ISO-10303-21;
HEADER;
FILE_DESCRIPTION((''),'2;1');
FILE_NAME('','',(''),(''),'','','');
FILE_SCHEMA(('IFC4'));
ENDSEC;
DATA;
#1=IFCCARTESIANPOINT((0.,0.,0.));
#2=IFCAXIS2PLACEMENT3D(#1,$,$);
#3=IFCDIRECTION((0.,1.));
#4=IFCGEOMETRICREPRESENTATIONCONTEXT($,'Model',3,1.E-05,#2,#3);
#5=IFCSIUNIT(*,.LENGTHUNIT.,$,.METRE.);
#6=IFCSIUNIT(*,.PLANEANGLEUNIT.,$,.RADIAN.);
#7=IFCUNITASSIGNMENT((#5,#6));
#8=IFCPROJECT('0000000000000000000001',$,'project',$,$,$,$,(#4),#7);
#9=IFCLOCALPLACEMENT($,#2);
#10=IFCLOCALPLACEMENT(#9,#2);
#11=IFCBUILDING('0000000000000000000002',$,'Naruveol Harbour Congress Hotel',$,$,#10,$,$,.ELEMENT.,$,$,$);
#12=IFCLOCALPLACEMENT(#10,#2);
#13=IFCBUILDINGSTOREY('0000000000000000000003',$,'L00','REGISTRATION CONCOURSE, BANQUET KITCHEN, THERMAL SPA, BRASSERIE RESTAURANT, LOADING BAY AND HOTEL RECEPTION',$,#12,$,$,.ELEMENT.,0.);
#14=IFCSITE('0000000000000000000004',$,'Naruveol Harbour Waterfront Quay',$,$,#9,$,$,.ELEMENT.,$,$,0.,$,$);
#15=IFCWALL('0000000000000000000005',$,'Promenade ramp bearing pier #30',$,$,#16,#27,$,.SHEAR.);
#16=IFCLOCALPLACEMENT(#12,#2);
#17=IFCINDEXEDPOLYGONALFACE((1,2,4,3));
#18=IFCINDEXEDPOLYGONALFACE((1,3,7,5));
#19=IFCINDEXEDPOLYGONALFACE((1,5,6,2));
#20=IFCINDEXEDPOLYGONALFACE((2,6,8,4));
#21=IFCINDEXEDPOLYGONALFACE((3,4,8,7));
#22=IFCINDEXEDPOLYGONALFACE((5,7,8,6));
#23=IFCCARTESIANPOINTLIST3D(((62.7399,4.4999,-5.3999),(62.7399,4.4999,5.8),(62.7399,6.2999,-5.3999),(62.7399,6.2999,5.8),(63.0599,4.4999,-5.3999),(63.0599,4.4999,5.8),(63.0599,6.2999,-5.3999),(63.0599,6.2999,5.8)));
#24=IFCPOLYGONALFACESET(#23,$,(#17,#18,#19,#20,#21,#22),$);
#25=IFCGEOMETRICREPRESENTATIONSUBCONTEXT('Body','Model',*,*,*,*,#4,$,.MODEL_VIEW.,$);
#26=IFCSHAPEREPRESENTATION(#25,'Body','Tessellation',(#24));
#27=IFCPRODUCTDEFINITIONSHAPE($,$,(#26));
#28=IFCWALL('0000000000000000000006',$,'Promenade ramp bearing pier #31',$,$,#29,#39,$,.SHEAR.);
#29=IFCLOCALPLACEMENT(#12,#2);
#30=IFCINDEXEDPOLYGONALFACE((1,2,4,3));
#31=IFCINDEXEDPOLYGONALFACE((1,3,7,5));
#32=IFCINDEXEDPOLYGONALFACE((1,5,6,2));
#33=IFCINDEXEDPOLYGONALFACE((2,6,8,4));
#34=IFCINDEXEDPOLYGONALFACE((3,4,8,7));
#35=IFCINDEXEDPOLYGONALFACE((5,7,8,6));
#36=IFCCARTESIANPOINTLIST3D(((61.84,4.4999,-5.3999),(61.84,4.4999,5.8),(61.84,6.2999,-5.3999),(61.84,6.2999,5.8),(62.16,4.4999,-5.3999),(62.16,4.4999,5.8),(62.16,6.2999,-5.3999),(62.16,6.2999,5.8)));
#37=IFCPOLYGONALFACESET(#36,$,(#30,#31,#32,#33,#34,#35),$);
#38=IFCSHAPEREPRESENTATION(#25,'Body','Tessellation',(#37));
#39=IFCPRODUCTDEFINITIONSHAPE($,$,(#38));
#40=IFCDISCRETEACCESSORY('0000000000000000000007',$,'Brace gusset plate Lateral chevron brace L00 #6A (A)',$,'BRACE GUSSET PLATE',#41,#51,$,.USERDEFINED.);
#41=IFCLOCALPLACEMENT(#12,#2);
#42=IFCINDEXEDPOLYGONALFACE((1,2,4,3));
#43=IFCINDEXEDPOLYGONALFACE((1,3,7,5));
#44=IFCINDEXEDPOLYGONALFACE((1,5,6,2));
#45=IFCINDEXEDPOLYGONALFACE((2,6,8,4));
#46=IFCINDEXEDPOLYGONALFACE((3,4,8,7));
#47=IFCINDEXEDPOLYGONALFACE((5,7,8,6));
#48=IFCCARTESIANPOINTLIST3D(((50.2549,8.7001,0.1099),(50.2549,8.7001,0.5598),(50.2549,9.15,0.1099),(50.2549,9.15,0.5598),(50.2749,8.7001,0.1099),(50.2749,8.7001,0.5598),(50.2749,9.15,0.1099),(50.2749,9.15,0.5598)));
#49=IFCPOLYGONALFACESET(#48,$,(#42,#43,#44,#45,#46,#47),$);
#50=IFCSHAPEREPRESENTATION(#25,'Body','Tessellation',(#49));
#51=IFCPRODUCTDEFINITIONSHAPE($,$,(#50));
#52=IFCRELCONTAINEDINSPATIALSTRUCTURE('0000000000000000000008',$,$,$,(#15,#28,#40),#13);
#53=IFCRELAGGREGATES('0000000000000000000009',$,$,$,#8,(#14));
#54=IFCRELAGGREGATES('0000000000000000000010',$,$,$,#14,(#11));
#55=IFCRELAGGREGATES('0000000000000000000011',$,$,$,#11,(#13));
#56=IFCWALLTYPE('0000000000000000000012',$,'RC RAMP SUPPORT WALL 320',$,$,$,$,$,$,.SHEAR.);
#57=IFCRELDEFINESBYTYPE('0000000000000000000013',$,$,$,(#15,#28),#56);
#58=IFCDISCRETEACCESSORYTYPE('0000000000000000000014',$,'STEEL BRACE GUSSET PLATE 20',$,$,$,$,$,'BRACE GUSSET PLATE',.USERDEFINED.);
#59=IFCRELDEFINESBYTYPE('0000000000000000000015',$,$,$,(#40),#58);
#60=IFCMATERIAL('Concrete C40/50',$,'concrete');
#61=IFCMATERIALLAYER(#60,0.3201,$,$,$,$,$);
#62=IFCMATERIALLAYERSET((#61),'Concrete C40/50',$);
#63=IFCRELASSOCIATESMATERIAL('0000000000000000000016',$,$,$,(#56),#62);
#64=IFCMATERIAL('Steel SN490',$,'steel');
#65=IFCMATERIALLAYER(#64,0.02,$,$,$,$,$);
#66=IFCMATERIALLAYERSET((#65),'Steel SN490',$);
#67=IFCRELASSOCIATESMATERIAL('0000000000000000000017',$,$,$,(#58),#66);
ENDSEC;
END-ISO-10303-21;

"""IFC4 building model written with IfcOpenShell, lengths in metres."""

from ifc_helpers import new_model, si_unit, direction, frame, frame_2d, origin, origin_2d, place, context, subcontext, project, spatial, rectangle, extrude, material, layer, layer_set, type_object, element, save


model = new_model("IFC4")

# Units and contexts
model_context = context("Model", 3, precision=1e-05, world=origin(), true_north=direction((0.0, 1.0)))
body_context = subcontext(model_context, "Body", "Model", "MODEL_VIEW")
ifc_project = project(units=[si_unit("LENGTHUNIT", "METRE"), si_unit("PLANEANGLEUNIT", "RADIAN")], contexts=[model_context])

# Site, building, storey
site_placement = place(None, origin())
site = spatial("IfcSite", under=ifc_project, at=site_placement, Name="Naruveol Harbour Waterfront Quay", CompositionType="ELEMENT", RefElevation=0.0)
building_placement = place(site_placement, origin())
building = spatial("IfcBuilding", under=site, at=building_placement, Name="Naruveol Harbour Congress Hotel", CompositionType="ELEMENT")
storey_placement = place(building_placement, origin())
storey = spatial("IfcBuildingStorey", under=building, at=storey_placement, Name="L00", Description="REGISTRATION CONCOURSE, BANQUET KITCHEN, THERMAL SPA, BRASSERIE RESTAURANT, LOADING BAY AND HOTEL RECEPTION", CompositionType="ELEMENT", Elevation=0.0)

# Walls
ifc_material_1 = material(Name="Concrete C40/50", Category="concrete")
ifc_layer_1 = layer(ifc_material_1, 0.3201)
ifc_layer_set_1 = layer_set([ifc_layer_1], Name="Concrete C40/50")
wall_type_1 = type_object("IfcWallType", Name="RC RAMP SUPPORT WALL 320", PredefinedType="SHEAR", material=ifc_layer_set_1)
for number, where, z_axis, x_axis, name in (
    (1, (62.8999, 4.5, -5.3999), (0.0, 0.0, 1.0), (0.0, 1.0, 0.0), "Promenade ramp bearing pier #30"),
    (2, (62.0, 4.5, -5.3999), (0.0, 0.0, 1.0), (0.0, 1.0, 0.0), "Promenade ramp bearing pier #31"),
):
    element("IfcWall", number, at=place(storey_placement, frame(where, z_axis=z_axis, x_axis=x_axis)), inside=storey, type_object=wall_type_1, Name=name, PredefinedType="SHEAR", context=body_context, shape_type="SweptSolid", body=[
        extrude(rectangle(XDim=1.8, YDim=0.3201, at=frame_2d((0.8999, 0.0))), origin(), (0.0, 0.0, 1.0), 11.2),
    ])

# Discrete accessory
ifc_material_2 = material(Name="Steel SN490", Category="steel")
ifc_layer_2 = layer(ifc_material_2, 0.02)
ifc_layer_set_2 = layer_set([ifc_layer_2], Name="Steel SN490")
discrete_accessory_type = type_object("IfcDiscreteAccessoryType", Name="STEEL BRACE GUSSET PLATE 20", ElementType="BRACE GUSSET PLATE", PredefinedType="USERDEFINED", material=ifc_layer_set_2)
discrete_accessory_placement = place(storey_placement, frame((50.2649, 8.925, 0.1099), z_axis=(0.0, 0.0, 1.0), x_axis=(0.0, 1.0, 0.0)))
element("IfcDiscreteAccessory", 3, at=discrete_accessory_placement, inside=storey, type_object=discrete_accessory_type, Name="Brace gusset plate Lateral chevron brace L00 #6A (A)", ObjectType="BRACE GUSSET PLATE", PredefinedType="USERDEFINED", context=body_context, shape_type="SweptSolid", body=[
    extrude(rectangle(XDim=0.45, YDim=0.02, at=origin_2d()), origin(), (0.0, 0.0, 1.0), 0.45),
])

save(model, "model.ifc")
